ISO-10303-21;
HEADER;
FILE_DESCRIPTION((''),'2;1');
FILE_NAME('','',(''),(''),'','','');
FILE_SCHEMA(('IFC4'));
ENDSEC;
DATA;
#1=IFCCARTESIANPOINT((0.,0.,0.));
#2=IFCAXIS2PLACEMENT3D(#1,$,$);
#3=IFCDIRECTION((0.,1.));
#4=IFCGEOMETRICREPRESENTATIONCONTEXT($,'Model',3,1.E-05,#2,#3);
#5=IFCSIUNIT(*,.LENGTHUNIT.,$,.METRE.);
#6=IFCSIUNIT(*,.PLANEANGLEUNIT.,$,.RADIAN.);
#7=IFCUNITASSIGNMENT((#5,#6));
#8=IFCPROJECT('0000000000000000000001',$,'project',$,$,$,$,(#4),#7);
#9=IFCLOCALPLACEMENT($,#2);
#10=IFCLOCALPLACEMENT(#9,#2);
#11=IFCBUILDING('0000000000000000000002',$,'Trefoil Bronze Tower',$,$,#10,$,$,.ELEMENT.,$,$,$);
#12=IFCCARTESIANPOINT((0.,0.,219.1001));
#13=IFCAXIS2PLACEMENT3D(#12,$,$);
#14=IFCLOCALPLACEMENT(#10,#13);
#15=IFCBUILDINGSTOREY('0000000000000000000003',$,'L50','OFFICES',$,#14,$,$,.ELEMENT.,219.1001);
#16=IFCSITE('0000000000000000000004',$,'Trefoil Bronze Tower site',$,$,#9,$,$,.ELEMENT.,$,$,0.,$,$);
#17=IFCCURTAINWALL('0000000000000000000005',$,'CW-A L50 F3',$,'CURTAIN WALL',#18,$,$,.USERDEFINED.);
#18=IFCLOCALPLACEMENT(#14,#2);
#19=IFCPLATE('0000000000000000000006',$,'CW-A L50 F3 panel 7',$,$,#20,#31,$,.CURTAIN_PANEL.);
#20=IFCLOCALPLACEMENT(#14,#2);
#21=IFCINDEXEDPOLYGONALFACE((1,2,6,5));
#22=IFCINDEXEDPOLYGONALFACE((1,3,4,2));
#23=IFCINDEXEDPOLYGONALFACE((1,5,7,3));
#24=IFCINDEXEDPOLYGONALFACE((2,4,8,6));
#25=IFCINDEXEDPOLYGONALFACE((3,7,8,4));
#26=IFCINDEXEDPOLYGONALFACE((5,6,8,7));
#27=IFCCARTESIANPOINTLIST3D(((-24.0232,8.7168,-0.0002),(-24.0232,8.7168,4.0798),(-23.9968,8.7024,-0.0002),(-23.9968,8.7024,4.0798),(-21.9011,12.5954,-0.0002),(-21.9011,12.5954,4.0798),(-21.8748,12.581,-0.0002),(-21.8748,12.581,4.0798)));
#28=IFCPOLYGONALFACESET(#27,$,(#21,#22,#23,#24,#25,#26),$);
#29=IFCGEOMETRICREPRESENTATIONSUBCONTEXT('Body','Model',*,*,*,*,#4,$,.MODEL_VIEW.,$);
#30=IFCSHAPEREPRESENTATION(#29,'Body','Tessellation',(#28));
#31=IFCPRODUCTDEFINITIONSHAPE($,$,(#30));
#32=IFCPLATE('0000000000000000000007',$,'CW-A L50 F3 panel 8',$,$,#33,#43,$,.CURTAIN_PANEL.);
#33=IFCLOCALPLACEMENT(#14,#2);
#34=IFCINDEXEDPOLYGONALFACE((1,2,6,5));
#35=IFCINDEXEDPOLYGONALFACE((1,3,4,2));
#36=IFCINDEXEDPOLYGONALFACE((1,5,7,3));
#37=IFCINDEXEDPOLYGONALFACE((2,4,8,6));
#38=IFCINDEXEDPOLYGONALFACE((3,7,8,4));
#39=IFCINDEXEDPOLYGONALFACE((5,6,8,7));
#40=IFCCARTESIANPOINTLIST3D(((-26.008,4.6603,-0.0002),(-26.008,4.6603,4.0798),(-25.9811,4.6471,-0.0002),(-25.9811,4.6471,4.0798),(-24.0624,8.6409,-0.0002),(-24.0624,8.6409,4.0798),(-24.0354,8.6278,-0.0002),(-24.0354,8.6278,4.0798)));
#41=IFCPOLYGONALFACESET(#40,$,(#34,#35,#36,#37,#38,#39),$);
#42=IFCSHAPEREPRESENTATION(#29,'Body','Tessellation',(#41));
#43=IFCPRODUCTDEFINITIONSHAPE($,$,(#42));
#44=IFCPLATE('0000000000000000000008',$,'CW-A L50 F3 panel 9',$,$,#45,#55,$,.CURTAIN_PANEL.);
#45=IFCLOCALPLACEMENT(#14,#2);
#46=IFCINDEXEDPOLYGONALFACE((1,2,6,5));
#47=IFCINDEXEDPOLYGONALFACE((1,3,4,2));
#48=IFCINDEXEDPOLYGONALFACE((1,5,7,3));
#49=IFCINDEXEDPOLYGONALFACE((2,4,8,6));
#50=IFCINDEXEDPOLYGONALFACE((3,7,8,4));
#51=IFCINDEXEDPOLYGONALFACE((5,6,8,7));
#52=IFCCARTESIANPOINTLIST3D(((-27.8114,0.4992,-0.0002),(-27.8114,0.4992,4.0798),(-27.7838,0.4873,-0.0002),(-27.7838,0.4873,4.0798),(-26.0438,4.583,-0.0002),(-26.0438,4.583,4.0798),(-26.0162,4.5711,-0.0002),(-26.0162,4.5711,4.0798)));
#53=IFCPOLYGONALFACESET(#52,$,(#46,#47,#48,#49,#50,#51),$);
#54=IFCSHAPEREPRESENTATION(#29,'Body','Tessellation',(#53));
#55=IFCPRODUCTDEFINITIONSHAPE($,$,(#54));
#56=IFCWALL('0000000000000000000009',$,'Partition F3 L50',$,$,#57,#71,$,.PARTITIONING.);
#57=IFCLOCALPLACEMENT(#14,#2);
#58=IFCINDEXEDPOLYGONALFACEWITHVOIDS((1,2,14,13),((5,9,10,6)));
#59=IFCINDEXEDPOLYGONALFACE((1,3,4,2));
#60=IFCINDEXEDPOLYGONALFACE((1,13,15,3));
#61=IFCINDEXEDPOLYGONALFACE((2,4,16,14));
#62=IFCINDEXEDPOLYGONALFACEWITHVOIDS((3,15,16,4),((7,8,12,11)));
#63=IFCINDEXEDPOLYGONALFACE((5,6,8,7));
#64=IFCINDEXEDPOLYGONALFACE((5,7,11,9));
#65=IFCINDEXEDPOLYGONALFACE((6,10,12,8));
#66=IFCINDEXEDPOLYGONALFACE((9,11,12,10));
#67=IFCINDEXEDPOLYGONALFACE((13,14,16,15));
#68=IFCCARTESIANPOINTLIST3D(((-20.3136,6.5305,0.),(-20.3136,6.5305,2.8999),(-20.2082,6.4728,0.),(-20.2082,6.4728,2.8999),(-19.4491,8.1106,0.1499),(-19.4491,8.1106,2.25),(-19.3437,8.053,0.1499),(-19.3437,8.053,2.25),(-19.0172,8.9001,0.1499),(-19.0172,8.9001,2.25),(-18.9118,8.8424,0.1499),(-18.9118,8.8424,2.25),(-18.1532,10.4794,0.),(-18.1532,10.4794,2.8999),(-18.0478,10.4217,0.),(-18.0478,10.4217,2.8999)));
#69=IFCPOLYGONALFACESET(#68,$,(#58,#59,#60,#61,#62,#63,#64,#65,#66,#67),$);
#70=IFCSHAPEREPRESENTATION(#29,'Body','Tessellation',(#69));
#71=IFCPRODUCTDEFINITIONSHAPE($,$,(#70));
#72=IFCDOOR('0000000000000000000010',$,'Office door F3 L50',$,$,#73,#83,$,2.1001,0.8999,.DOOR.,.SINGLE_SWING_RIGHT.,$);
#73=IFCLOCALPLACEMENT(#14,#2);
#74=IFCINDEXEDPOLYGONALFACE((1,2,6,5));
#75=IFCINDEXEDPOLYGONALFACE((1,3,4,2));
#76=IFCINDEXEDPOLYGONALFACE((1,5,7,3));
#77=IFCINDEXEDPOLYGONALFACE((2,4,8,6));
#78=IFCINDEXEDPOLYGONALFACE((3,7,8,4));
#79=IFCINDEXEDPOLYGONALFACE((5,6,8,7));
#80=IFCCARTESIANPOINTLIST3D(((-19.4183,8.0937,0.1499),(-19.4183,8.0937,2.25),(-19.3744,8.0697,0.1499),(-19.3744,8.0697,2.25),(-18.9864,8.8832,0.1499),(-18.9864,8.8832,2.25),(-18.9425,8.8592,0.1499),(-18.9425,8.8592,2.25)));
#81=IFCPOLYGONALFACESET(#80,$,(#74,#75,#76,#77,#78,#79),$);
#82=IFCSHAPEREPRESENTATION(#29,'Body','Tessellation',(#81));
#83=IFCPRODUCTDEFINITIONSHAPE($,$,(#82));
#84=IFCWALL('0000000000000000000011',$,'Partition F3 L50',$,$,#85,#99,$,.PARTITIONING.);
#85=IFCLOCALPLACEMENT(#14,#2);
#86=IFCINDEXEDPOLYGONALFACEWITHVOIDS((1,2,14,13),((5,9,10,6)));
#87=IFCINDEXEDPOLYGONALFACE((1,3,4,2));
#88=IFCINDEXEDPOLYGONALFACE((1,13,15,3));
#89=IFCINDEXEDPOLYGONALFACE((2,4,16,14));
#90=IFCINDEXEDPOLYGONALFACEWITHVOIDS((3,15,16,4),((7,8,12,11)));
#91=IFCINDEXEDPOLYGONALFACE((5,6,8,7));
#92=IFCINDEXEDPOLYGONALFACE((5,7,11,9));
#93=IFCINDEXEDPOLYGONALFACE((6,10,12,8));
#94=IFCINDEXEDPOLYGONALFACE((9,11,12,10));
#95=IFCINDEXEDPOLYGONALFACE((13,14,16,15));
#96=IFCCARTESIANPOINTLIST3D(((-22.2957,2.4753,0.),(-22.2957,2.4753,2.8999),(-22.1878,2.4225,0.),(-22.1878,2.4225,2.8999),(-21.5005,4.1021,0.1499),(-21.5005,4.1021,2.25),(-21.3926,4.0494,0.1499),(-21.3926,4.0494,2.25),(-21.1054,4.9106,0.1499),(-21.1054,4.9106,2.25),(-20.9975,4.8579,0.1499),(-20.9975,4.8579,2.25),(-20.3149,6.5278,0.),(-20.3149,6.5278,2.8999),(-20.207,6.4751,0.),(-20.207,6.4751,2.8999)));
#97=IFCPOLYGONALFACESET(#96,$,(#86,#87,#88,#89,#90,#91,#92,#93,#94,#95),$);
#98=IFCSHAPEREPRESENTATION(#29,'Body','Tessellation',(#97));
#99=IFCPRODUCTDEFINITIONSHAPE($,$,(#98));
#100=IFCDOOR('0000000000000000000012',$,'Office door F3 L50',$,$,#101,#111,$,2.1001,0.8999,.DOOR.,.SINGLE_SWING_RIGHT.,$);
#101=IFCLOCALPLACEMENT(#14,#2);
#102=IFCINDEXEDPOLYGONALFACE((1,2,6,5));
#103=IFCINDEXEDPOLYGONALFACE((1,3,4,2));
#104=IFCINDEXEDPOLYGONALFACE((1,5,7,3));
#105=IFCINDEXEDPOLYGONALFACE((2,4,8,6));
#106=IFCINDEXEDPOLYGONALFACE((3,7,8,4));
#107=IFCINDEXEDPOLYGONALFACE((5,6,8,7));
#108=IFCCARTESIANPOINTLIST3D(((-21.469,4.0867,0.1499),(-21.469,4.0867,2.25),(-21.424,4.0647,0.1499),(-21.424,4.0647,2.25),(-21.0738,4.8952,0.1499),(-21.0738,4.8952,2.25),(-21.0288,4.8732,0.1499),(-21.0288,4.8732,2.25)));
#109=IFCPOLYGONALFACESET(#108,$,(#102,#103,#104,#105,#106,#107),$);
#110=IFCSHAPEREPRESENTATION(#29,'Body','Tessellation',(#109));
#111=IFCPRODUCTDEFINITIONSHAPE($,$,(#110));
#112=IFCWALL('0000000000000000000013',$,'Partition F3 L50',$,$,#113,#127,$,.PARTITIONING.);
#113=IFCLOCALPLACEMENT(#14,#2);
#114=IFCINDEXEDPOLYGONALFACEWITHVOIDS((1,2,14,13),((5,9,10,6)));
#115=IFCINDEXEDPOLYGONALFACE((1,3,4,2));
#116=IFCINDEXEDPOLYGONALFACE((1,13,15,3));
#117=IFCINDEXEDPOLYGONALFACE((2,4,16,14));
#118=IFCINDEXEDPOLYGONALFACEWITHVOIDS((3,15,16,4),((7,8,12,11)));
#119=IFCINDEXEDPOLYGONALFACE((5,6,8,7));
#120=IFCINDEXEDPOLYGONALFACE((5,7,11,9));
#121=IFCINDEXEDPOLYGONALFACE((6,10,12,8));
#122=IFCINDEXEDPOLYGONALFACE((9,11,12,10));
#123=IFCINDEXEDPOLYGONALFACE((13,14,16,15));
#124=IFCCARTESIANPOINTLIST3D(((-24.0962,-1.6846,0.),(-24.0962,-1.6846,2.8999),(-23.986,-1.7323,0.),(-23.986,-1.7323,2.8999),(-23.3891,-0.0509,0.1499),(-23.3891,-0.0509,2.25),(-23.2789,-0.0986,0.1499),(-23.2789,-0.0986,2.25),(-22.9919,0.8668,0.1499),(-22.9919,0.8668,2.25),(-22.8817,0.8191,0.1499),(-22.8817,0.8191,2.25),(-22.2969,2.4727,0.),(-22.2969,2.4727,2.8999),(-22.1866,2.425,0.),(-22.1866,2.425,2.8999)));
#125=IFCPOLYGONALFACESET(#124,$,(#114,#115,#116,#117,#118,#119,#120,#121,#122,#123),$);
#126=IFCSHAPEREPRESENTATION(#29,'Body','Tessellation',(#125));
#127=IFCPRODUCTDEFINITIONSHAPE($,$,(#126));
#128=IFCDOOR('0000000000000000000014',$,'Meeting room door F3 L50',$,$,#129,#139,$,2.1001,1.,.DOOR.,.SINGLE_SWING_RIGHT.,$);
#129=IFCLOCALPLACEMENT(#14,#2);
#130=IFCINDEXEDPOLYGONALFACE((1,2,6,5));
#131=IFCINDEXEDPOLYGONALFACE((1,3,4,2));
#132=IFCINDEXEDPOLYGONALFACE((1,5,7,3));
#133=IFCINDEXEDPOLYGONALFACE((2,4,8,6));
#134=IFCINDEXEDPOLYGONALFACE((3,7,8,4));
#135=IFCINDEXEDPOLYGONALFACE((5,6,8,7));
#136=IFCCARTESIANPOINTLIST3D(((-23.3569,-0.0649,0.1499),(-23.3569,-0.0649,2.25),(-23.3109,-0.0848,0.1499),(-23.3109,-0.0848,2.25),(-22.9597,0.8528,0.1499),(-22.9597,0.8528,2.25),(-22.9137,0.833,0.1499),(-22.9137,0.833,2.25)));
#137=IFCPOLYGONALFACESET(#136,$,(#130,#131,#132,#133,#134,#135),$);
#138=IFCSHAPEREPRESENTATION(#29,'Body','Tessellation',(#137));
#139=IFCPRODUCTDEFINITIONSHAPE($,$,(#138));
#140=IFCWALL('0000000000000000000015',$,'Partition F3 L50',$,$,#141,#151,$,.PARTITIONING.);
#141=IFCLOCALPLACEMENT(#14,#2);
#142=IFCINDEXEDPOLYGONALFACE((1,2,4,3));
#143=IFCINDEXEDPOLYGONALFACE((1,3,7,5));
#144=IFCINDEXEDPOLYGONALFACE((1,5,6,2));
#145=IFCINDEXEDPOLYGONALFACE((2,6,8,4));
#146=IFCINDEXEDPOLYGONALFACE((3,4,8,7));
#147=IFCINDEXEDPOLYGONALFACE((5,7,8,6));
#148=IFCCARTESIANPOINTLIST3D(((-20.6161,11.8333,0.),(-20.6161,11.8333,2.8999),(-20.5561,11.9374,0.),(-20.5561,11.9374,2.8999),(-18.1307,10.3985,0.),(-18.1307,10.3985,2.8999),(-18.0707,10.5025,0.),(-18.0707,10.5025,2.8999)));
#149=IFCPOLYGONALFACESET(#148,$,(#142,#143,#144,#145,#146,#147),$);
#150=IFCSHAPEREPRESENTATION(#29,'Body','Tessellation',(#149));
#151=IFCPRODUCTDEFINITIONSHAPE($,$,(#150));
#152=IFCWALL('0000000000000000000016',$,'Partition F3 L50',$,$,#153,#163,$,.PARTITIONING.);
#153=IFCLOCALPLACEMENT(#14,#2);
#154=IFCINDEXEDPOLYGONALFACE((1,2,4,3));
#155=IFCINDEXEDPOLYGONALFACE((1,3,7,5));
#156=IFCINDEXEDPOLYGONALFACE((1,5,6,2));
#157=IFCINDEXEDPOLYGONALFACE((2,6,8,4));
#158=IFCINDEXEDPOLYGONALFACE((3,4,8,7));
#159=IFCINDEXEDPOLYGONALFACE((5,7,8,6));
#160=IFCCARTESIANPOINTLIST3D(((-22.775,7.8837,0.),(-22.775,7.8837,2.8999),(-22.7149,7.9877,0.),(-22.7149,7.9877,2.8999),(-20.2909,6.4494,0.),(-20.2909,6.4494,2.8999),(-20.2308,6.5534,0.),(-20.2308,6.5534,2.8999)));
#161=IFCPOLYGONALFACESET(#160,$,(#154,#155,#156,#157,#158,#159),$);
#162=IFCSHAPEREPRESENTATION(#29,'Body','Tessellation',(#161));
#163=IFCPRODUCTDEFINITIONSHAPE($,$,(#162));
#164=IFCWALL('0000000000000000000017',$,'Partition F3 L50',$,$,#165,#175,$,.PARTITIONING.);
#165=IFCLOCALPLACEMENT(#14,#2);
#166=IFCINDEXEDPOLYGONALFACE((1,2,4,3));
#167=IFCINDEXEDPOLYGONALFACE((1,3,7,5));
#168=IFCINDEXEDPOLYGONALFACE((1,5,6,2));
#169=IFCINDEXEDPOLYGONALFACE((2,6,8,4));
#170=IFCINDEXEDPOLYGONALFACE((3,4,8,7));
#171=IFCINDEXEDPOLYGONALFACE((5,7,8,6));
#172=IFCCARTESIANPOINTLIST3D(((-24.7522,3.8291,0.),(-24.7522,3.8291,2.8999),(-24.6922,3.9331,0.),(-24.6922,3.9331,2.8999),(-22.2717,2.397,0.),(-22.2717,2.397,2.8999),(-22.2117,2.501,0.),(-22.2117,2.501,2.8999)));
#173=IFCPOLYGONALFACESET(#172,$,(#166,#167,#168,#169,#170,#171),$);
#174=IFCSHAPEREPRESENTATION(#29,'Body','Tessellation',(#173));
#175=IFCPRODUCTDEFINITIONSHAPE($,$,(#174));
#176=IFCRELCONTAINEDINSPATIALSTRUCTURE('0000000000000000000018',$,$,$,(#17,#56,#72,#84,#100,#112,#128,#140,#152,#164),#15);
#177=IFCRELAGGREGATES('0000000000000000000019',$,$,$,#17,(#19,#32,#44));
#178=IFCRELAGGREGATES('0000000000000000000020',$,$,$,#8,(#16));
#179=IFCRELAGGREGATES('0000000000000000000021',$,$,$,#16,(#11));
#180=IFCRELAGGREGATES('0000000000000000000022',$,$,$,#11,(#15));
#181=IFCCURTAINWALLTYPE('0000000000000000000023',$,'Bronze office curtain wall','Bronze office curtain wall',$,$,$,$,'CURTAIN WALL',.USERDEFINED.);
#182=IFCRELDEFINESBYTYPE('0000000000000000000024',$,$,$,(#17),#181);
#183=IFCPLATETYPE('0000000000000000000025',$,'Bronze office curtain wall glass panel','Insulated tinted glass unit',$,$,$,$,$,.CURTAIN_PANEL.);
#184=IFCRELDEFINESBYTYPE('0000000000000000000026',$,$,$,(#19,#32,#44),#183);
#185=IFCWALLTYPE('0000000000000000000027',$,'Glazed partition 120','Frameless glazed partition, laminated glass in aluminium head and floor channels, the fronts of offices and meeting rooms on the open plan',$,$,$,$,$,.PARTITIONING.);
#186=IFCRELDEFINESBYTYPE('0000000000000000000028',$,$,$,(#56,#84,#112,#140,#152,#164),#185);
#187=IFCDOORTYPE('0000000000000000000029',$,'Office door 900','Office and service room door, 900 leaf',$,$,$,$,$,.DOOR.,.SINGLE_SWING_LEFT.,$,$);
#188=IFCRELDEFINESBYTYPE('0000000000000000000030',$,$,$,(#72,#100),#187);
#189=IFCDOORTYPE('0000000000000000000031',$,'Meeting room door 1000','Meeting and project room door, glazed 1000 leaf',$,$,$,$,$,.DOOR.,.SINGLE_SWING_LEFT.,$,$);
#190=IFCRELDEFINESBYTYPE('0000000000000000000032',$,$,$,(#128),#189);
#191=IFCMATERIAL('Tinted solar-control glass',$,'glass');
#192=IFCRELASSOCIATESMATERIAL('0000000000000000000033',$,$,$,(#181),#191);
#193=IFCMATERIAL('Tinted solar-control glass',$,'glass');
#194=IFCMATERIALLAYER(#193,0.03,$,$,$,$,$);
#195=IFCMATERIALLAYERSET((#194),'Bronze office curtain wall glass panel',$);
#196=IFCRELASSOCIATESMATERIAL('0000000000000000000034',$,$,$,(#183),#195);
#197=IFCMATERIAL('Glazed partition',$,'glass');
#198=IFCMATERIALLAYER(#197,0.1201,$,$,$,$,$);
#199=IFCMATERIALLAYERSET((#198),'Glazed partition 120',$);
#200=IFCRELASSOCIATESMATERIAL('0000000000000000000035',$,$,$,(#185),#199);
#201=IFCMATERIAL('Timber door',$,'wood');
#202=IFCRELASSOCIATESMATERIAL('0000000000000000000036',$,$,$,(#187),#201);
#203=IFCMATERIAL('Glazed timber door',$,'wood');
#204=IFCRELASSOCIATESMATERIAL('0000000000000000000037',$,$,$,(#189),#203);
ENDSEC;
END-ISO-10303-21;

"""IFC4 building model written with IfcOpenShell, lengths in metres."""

from ifc_helpers import new_model, si_unit, direction, frame, frame_2d, origin, origin_2d, place, context, subcontext, project, spatial, rectangle, extrude, material, layer, layer_set, type_object, element, fill, aggregate, save


model = new_model("IFC4")

# Units and contexts
model_context = context("Model", 3, precision=1e-05, world=origin(), true_north=direction((0.0, 1.0)))
body_context = subcontext(model_context, "Body", "Model", "MODEL_VIEW")
ifc_project = project(units=[si_unit("LENGTHUNIT", "METRE"), si_unit("PLANEANGLEUNIT", "RADIAN")], contexts=[model_context])

# Site, building, storey
site_placement = place(None, origin())
site = spatial("IfcSite", under=ifc_project, at=site_placement, Name="Trefoil Bronze Tower site", CompositionType="ELEMENT", RefElevation=0.0)
building_placement = place(site_placement, origin())
building = spatial("IfcBuilding", under=site, at=building_placement, Name="Trefoil Bronze Tower", CompositionType="ELEMENT")
storey_placement = place(building_placement, frame((0.0, 0.0, 219.1001)))
storey = spatial("IfcBuildingStorey", under=building, at=storey_placement, Name="L50", Description="OFFICES", CompositionType="ELEMENT", Elevation=219.1001)

# Curtain wall
ifc_material_1 = material(Name="Tinted solar-control glass", Category="glass")
curtain_wall_type = type_object("IfcCurtainWallType", Name="Bronze office curtain wall", Description="Bronze office curtain wall", ElementType="CURTAIN WALL", PredefinedType="USERDEFINED", material=ifc_material_1)
curtain_wall_placement = place(storey_placement, origin())
curtain_wall = element("IfcCurtainWall", 1, at=curtain_wall_placement, inside=storey, type_object=curtain_wall_type, Name="CW-A L50 F3", ObjectType="CURTAIN WALL", PredefinedType="USERDEFINED")

# Plates
ifc_material_2 = material(Name="Tinted solar-control glass", Category="glass")
ifc_layer_1 = layer(ifc_material_2, 0.03)
ifc_layer_set_1 = layer_set([ifc_layer_1], Name="Bronze office curtain wall glass panel")
plate_type = type_object("IfcPlateType", Name="Bronze office curtain wall glass panel", Description="Insulated tinted glass unit", PredefinedType="CURTAIN_PANEL", material=ifc_layer_set_1)
plate_1_placement = place(storey_placement, frame((-22.949, 10.6489, -0.0002), z_axis=(0.0, 0.0, 1.0), x_axis=(-0.479974, -0.877283, 0.0)))
plate_1 = element("IfcPlate", 2, at=plate_1_placement, type_object=plate_type, Name="CW-A L50 F3 panel 7", PredefinedType="CURTAIN_PANEL", context=body_context, shape_type="SweptSolid", body=[
    extrude(rectangle(XDim=4.4211, YDim=0.03, at=origin_2d()), origin(), (0.0, 0.0, 1.0), 4.0801),
])
plate_2_placement = place(storey_placement, frame((-25.0217, 6.644, -0.0002), z_axis=(0.0, 0.0, 1.0), x_axis=(-0.439129, -0.898424, 0.0)))
plate_2 = element("IfcPlate", 3, at=plate_2_placement, type_object=plate_type, Name="CW-A L50 F3 panel 8", PredefinedType="CURTAIN_PANEL", context=body_context, shape_type="SweptSolid", body=[
    extrude(rectangle(XDim=4.4307, YDim=0.03, at=origin_2d()), origin(), (0.0, 0.0, 1.0), 4.0801),
])
plate_3_placement = place(storey_placement, frame((-26.9138, 2.5352, -0.0002), z_axis=(0.0, 0.0, 1.0), x_axis=(-0.39722, -0.917723, 0.0)))
plate_3 = element("IfcPlate", 4, at=plate_3_placement, type_object=plate_type, Name="CW-A L50 F3 panel 9", PredefinedType="CURTAIN_PANEL", context=body_context, shape_type="SweptSolid", body=[
    extrude(rectangle(XDim=4.45, YDim=0.03, at=origin_2d()), origin(), (0.0, 0.0, 1.0), 4.0801),
])
aggregate(curtain_wall, [plate_1, plate_2, plate_3])

# Walls, openings, doors
ifc_material_3 = material(Name="Glazed partition", Category="glass")
ifc_layer_2 = layer(ifc_material_3, 0.1201)
ifc_layer_set_2 = layer_set([ifc_layer_2], Name="Glazed partition 120")
wall_type_1 = type_object("IfcWallType", Name="Glazed partition 120", Description="Frameless glazed partition, laminated glass in aluminium head and floor channels, the fronts of offices and meeting rooms on the open plan", PredefinedType="PARTITIONING", material=ifc_layer_set_2)
wall_1_placement = place(storey_placement, frame((-18.1006, 10.4504, 0.0), z_axis=(0.0, 0.0, 1.0), x_axis=(-0.47995, -0.877296, 0.0)))
wall_1 = element("IfcWall", 5, at=wall_1_placement, inside=storey, type_object=wall_type_1, Name="Partition F3 L50", PredefinedType="PARTITIONING", context=body_context, shape_type="SweptSolid", body=[
    extrude(rectangle(XDim=4.5012, YDim=0.1201, at=frame_2d((2.2505, 0.0))), origin(), (0.0, 0.0, 1.0), 2.8999),
])
opening_1_placement = place(wall_1_placement, frame((1.8, 0.0, 0.1499)))
opening_1 = element("IfcOpeningElement", 6, at=opening_1_placement, cuts=wall_1, PredefinedType="OPENING", context=body_context, shape_type="SweptSolid", body=[
    extrude(rectangle(XDim=0.8999, YDim=2.1001, at=frame_2d((0.45, 1.05))), frame((0.0, 0.0701, 0.0), z_axis=(0.0, -1.0, 0.0), x_axis=(1.0, 0.0, 0.0)), (0.0, 0.0, 1.0), 0.1401),
])
ifc_material_4 = material(Name="Timber door", Category="wood")
door_type_1 = type_object("IfcDoorType", Name="Office door 900", Description="Office and service room door, 900 leaf", OperationType="SINGLE_SWING_LEFT", PredefinedType="DOOR", material=ifc_material_4)
door_1_placement = place(opening_1_placement, frame((0.8999, 0.0, 0.0), z_axis=(0.0, 0.0, 1.0), x_axis=(-1.0, 0.0, 0.0)))
door_1 = element("IfcDoor", 7, at=door_1_placement, inside=storey, type_object=door_type_1, Name="Office door F3 L50", OperationType="SINGLE_SWING_RIGHT", OverallHeight=2.1001, OverallWidth=0.8999, PredefinedType="DOOR", context=body_context, shape_type="SweptSolid", body=[
    extrude(rectangle(XDim=0.8999, YDim=2.1001, at=frame_2d((0.45, 1.05))), frame((0.0, 0.0249, 0.0), z_axis=(0.0, -1.0, 0.0), x_axis=(1.0, 0.0, 0.0)), (0.0, 0.0, 1.0), 0.05),
])
fill(opening_1, door_1)
wall_2_placement = place(storey_placement, frame((-20.261, 6.5015, 0.0), z_axis=(0.0, 0.0, 1.0), x_axis=(-0.43912, -0.898428, 0.0)))
wall_2 = element("IfcWall", 8, at=wall_2_placement, inside=storey, type_object=wall_type_1, Name="Partition F3 L50", PredefinedType="PARTITIONING", context=body_context, shape_type="SweptSolid", body=[
    extrude(rectangle(XDim=4.5107, YDim=0.1201, at=frame_2d((2.2554, 0.0))), origin(), (0.0, 0.0, 1.0), 2.8999),
])
opening_2_placement = place(wall_2_placement, frame((1.8, 0.0, 0.1499)))
opening_2 = element("IfcOpeningElement", 9, at=opening_2_placement, cuts=wall_2, PredefinedType="OPENING", context=body_context, shape_type="SweptSolid", body=[
    extrude(rectangle(XDim=0.8999, YDim=2.1001, at=frame_2d((0.45, 1.05))), frame((0.0, 0.0701, 0.0), z_axis=(0.0, -1.0, 0.0), x_axis=(1.0, 0.0, 0.0)), (0.0, 0.0, 1.0), 0.1401),
])
door_2_placement = place(opening_2_placement, frame((0.8999, 0.0, 0.0), z_axis=(0.0, 0.0, 1.0), x_axis=(-1.0, 0.0, 0.0)))
door_2 = element("IfcDoor", 10, at=door_2_placement, inside=storey, type_object=door_type_1, Name="Office door F3 L50", OperationType="SINGLE_SWING_RIGHT", OverallHeight=2.1001, OverallWidth=0.8999, PredefinedType="DOOR", context=body_context, shape_type="SweptSolid", body=[
    extrude(rectangle(XDim=0.8999, YDim=2.1001, at=frame_2d((0.45, 1.05))), frame((0.0, 0.0249, 0.0), z_axis=(0.0, -1.0, 0.0), x_axis=(1.0, 0.0, 0.0)), (0.0, 0.0, 1.0), 0.05),
])
fill(opening_2, door_2)
wall_3_placement = place(storey_placement, frame((-22.2417, 2.449, 0.0), z_axis=(0.0, 0.0, 1.0), x_axis=(-0.397208, -0.917729, 0.0)))
wall_3 = element("IfcWall", 11, at=wall_3_placement, inside=storey, type_object=wall_type_1, Name="Partition F3 L50", PredefinedType="PARTITIONING", context=body_context, shape_type="SweptSolid", body=[
    extrude(rectangle(XDim=4.53, YDim=0.1201, at=frame_2d((2.2651, 0.0))), origin(), (0.0, 0.0, 1.0), 2.8999),
])
opening_3_placement = place(wall_3_placement, frame((1.75, 0.0, 0.1499)))
opening_3 = element("IfcOpeningElement", 12, at=opening_3_placement, cuts=wall_3, PredefinedType="OPENING", context=body_context, shape_type="SweptSolid", body=[
    extrude(rectangle(XDim=1.0, YDim=2.1001, at=frame_2d((0.5, 1.05))), frame((0.0, 0.0701, 0.0), z_axis=(0.0, -1.0, 0.0), x_axis=(1.0, 0.0, 0.0)), (0.0, 0.0, 1.0), 0.1401),
])
ifc_material_5 = material(Name="Glazed timber door", Category="wood")
door_type_2 = type_object("IfcDoorType", Name="Meeting room door 1000", Description="Meeting and project room door, glazed 1000 leaf", OperationType="SINGLE_SWING_LEFT", PredefinedType="DOOR", material=ifc_material_5)
door_3_placement = place(opening_3_placement, frame((1.0, 0.0, 0.0), z_axis=(0.0, 0.0, 1.0), x_axis=(-1.0, 0.0, 0.0)))
door_3 = element("IfcDoor", 13, at=door_3_placement, inside=storey, type_object=door_type_2, Name="Meeting room door F3 L50", OperationType="SINGLE_SWING_RIGHT", OverallHeight=2.1001, OverallWidth=1.0, PredefinedType="DOOR", context=body_context, shape_type="SweptSolid", body=[
    extrude(rectangle(XDim=1.0, YDim=2.1001, at=frame_2d((0.5, 1.05))), frame((0.0, 0.0249, 0.0), z_axis=(0.0, -1.0, 0.0), x_axis=(1.0, 0.0, 0.0)), (0.0, 0.0, 1.0), 0.05),
])
fill(opening_3, door_3)

# Walls
wall_4_placement = place(storey_placement, frame((-18.1006, 10.4504, 0.0), z_axis=(0.0, 0.0, 1.0), x_axis=(-0.866041, 0.499973, 0.0)))
element("IfcWall", 14, at=wall_4_placement, inside=storey, type_object=wall_type_1, Name="Partition F3 L50", PredefinedType="PARTITIONING", context=body_context, shape_type="SweptSolid", body=[
    extrude(rectangle(XDim=2.8699, YDim=0.1201, at=frame_2d((1.4351, 0.0))), origin(), (0.0, 0.0, 1.0), 2.8999),
])
wall_5_placement = place(storey_placement, frame((-20.261, 6.5015, 0.0), z_axis=(0.0, 0.0, 1.0), x_axis=(-0.866008, 0.500029, 0.0)))
element("IfcWall", 15, at=wall_5_placement, inside=storey, type_object=wall_type_1, Name="Partition F3 L50", PredefinedType="PARTITIONING", context=body_context, shape_type="SweptSolid", body=[
    extrude(rectangle(XDim=2.8684, YDim=0.1201, at=frame_2d((1.4341, 0.0))), origin(), (0.0, 0.0, 1.0), 2.8999),
])
wall_6_placement = place(storey_placement, frame((-22.2417, 2.449, 0.0), z_axis=(0.0, 0.0, 1.0), x_axis=(-0.866021, 0.500008, 0.0)))
element("IfcWall", 16, at=wall_6_placement, inside=storey, type_object=wall_type_1, Name="Partition F3 L50", PredefinedType="PARTITIONING", context=body_context, shape_type="SweptSolid", body=[
    extrude(rectangle(XDim=2.8643, YDim=0.1201, at=frame_2d((1.4321, 0.0))), origin(), (0.0, 0.0, 1.0), 2.8999),
])

save(model, "model.ifc")
